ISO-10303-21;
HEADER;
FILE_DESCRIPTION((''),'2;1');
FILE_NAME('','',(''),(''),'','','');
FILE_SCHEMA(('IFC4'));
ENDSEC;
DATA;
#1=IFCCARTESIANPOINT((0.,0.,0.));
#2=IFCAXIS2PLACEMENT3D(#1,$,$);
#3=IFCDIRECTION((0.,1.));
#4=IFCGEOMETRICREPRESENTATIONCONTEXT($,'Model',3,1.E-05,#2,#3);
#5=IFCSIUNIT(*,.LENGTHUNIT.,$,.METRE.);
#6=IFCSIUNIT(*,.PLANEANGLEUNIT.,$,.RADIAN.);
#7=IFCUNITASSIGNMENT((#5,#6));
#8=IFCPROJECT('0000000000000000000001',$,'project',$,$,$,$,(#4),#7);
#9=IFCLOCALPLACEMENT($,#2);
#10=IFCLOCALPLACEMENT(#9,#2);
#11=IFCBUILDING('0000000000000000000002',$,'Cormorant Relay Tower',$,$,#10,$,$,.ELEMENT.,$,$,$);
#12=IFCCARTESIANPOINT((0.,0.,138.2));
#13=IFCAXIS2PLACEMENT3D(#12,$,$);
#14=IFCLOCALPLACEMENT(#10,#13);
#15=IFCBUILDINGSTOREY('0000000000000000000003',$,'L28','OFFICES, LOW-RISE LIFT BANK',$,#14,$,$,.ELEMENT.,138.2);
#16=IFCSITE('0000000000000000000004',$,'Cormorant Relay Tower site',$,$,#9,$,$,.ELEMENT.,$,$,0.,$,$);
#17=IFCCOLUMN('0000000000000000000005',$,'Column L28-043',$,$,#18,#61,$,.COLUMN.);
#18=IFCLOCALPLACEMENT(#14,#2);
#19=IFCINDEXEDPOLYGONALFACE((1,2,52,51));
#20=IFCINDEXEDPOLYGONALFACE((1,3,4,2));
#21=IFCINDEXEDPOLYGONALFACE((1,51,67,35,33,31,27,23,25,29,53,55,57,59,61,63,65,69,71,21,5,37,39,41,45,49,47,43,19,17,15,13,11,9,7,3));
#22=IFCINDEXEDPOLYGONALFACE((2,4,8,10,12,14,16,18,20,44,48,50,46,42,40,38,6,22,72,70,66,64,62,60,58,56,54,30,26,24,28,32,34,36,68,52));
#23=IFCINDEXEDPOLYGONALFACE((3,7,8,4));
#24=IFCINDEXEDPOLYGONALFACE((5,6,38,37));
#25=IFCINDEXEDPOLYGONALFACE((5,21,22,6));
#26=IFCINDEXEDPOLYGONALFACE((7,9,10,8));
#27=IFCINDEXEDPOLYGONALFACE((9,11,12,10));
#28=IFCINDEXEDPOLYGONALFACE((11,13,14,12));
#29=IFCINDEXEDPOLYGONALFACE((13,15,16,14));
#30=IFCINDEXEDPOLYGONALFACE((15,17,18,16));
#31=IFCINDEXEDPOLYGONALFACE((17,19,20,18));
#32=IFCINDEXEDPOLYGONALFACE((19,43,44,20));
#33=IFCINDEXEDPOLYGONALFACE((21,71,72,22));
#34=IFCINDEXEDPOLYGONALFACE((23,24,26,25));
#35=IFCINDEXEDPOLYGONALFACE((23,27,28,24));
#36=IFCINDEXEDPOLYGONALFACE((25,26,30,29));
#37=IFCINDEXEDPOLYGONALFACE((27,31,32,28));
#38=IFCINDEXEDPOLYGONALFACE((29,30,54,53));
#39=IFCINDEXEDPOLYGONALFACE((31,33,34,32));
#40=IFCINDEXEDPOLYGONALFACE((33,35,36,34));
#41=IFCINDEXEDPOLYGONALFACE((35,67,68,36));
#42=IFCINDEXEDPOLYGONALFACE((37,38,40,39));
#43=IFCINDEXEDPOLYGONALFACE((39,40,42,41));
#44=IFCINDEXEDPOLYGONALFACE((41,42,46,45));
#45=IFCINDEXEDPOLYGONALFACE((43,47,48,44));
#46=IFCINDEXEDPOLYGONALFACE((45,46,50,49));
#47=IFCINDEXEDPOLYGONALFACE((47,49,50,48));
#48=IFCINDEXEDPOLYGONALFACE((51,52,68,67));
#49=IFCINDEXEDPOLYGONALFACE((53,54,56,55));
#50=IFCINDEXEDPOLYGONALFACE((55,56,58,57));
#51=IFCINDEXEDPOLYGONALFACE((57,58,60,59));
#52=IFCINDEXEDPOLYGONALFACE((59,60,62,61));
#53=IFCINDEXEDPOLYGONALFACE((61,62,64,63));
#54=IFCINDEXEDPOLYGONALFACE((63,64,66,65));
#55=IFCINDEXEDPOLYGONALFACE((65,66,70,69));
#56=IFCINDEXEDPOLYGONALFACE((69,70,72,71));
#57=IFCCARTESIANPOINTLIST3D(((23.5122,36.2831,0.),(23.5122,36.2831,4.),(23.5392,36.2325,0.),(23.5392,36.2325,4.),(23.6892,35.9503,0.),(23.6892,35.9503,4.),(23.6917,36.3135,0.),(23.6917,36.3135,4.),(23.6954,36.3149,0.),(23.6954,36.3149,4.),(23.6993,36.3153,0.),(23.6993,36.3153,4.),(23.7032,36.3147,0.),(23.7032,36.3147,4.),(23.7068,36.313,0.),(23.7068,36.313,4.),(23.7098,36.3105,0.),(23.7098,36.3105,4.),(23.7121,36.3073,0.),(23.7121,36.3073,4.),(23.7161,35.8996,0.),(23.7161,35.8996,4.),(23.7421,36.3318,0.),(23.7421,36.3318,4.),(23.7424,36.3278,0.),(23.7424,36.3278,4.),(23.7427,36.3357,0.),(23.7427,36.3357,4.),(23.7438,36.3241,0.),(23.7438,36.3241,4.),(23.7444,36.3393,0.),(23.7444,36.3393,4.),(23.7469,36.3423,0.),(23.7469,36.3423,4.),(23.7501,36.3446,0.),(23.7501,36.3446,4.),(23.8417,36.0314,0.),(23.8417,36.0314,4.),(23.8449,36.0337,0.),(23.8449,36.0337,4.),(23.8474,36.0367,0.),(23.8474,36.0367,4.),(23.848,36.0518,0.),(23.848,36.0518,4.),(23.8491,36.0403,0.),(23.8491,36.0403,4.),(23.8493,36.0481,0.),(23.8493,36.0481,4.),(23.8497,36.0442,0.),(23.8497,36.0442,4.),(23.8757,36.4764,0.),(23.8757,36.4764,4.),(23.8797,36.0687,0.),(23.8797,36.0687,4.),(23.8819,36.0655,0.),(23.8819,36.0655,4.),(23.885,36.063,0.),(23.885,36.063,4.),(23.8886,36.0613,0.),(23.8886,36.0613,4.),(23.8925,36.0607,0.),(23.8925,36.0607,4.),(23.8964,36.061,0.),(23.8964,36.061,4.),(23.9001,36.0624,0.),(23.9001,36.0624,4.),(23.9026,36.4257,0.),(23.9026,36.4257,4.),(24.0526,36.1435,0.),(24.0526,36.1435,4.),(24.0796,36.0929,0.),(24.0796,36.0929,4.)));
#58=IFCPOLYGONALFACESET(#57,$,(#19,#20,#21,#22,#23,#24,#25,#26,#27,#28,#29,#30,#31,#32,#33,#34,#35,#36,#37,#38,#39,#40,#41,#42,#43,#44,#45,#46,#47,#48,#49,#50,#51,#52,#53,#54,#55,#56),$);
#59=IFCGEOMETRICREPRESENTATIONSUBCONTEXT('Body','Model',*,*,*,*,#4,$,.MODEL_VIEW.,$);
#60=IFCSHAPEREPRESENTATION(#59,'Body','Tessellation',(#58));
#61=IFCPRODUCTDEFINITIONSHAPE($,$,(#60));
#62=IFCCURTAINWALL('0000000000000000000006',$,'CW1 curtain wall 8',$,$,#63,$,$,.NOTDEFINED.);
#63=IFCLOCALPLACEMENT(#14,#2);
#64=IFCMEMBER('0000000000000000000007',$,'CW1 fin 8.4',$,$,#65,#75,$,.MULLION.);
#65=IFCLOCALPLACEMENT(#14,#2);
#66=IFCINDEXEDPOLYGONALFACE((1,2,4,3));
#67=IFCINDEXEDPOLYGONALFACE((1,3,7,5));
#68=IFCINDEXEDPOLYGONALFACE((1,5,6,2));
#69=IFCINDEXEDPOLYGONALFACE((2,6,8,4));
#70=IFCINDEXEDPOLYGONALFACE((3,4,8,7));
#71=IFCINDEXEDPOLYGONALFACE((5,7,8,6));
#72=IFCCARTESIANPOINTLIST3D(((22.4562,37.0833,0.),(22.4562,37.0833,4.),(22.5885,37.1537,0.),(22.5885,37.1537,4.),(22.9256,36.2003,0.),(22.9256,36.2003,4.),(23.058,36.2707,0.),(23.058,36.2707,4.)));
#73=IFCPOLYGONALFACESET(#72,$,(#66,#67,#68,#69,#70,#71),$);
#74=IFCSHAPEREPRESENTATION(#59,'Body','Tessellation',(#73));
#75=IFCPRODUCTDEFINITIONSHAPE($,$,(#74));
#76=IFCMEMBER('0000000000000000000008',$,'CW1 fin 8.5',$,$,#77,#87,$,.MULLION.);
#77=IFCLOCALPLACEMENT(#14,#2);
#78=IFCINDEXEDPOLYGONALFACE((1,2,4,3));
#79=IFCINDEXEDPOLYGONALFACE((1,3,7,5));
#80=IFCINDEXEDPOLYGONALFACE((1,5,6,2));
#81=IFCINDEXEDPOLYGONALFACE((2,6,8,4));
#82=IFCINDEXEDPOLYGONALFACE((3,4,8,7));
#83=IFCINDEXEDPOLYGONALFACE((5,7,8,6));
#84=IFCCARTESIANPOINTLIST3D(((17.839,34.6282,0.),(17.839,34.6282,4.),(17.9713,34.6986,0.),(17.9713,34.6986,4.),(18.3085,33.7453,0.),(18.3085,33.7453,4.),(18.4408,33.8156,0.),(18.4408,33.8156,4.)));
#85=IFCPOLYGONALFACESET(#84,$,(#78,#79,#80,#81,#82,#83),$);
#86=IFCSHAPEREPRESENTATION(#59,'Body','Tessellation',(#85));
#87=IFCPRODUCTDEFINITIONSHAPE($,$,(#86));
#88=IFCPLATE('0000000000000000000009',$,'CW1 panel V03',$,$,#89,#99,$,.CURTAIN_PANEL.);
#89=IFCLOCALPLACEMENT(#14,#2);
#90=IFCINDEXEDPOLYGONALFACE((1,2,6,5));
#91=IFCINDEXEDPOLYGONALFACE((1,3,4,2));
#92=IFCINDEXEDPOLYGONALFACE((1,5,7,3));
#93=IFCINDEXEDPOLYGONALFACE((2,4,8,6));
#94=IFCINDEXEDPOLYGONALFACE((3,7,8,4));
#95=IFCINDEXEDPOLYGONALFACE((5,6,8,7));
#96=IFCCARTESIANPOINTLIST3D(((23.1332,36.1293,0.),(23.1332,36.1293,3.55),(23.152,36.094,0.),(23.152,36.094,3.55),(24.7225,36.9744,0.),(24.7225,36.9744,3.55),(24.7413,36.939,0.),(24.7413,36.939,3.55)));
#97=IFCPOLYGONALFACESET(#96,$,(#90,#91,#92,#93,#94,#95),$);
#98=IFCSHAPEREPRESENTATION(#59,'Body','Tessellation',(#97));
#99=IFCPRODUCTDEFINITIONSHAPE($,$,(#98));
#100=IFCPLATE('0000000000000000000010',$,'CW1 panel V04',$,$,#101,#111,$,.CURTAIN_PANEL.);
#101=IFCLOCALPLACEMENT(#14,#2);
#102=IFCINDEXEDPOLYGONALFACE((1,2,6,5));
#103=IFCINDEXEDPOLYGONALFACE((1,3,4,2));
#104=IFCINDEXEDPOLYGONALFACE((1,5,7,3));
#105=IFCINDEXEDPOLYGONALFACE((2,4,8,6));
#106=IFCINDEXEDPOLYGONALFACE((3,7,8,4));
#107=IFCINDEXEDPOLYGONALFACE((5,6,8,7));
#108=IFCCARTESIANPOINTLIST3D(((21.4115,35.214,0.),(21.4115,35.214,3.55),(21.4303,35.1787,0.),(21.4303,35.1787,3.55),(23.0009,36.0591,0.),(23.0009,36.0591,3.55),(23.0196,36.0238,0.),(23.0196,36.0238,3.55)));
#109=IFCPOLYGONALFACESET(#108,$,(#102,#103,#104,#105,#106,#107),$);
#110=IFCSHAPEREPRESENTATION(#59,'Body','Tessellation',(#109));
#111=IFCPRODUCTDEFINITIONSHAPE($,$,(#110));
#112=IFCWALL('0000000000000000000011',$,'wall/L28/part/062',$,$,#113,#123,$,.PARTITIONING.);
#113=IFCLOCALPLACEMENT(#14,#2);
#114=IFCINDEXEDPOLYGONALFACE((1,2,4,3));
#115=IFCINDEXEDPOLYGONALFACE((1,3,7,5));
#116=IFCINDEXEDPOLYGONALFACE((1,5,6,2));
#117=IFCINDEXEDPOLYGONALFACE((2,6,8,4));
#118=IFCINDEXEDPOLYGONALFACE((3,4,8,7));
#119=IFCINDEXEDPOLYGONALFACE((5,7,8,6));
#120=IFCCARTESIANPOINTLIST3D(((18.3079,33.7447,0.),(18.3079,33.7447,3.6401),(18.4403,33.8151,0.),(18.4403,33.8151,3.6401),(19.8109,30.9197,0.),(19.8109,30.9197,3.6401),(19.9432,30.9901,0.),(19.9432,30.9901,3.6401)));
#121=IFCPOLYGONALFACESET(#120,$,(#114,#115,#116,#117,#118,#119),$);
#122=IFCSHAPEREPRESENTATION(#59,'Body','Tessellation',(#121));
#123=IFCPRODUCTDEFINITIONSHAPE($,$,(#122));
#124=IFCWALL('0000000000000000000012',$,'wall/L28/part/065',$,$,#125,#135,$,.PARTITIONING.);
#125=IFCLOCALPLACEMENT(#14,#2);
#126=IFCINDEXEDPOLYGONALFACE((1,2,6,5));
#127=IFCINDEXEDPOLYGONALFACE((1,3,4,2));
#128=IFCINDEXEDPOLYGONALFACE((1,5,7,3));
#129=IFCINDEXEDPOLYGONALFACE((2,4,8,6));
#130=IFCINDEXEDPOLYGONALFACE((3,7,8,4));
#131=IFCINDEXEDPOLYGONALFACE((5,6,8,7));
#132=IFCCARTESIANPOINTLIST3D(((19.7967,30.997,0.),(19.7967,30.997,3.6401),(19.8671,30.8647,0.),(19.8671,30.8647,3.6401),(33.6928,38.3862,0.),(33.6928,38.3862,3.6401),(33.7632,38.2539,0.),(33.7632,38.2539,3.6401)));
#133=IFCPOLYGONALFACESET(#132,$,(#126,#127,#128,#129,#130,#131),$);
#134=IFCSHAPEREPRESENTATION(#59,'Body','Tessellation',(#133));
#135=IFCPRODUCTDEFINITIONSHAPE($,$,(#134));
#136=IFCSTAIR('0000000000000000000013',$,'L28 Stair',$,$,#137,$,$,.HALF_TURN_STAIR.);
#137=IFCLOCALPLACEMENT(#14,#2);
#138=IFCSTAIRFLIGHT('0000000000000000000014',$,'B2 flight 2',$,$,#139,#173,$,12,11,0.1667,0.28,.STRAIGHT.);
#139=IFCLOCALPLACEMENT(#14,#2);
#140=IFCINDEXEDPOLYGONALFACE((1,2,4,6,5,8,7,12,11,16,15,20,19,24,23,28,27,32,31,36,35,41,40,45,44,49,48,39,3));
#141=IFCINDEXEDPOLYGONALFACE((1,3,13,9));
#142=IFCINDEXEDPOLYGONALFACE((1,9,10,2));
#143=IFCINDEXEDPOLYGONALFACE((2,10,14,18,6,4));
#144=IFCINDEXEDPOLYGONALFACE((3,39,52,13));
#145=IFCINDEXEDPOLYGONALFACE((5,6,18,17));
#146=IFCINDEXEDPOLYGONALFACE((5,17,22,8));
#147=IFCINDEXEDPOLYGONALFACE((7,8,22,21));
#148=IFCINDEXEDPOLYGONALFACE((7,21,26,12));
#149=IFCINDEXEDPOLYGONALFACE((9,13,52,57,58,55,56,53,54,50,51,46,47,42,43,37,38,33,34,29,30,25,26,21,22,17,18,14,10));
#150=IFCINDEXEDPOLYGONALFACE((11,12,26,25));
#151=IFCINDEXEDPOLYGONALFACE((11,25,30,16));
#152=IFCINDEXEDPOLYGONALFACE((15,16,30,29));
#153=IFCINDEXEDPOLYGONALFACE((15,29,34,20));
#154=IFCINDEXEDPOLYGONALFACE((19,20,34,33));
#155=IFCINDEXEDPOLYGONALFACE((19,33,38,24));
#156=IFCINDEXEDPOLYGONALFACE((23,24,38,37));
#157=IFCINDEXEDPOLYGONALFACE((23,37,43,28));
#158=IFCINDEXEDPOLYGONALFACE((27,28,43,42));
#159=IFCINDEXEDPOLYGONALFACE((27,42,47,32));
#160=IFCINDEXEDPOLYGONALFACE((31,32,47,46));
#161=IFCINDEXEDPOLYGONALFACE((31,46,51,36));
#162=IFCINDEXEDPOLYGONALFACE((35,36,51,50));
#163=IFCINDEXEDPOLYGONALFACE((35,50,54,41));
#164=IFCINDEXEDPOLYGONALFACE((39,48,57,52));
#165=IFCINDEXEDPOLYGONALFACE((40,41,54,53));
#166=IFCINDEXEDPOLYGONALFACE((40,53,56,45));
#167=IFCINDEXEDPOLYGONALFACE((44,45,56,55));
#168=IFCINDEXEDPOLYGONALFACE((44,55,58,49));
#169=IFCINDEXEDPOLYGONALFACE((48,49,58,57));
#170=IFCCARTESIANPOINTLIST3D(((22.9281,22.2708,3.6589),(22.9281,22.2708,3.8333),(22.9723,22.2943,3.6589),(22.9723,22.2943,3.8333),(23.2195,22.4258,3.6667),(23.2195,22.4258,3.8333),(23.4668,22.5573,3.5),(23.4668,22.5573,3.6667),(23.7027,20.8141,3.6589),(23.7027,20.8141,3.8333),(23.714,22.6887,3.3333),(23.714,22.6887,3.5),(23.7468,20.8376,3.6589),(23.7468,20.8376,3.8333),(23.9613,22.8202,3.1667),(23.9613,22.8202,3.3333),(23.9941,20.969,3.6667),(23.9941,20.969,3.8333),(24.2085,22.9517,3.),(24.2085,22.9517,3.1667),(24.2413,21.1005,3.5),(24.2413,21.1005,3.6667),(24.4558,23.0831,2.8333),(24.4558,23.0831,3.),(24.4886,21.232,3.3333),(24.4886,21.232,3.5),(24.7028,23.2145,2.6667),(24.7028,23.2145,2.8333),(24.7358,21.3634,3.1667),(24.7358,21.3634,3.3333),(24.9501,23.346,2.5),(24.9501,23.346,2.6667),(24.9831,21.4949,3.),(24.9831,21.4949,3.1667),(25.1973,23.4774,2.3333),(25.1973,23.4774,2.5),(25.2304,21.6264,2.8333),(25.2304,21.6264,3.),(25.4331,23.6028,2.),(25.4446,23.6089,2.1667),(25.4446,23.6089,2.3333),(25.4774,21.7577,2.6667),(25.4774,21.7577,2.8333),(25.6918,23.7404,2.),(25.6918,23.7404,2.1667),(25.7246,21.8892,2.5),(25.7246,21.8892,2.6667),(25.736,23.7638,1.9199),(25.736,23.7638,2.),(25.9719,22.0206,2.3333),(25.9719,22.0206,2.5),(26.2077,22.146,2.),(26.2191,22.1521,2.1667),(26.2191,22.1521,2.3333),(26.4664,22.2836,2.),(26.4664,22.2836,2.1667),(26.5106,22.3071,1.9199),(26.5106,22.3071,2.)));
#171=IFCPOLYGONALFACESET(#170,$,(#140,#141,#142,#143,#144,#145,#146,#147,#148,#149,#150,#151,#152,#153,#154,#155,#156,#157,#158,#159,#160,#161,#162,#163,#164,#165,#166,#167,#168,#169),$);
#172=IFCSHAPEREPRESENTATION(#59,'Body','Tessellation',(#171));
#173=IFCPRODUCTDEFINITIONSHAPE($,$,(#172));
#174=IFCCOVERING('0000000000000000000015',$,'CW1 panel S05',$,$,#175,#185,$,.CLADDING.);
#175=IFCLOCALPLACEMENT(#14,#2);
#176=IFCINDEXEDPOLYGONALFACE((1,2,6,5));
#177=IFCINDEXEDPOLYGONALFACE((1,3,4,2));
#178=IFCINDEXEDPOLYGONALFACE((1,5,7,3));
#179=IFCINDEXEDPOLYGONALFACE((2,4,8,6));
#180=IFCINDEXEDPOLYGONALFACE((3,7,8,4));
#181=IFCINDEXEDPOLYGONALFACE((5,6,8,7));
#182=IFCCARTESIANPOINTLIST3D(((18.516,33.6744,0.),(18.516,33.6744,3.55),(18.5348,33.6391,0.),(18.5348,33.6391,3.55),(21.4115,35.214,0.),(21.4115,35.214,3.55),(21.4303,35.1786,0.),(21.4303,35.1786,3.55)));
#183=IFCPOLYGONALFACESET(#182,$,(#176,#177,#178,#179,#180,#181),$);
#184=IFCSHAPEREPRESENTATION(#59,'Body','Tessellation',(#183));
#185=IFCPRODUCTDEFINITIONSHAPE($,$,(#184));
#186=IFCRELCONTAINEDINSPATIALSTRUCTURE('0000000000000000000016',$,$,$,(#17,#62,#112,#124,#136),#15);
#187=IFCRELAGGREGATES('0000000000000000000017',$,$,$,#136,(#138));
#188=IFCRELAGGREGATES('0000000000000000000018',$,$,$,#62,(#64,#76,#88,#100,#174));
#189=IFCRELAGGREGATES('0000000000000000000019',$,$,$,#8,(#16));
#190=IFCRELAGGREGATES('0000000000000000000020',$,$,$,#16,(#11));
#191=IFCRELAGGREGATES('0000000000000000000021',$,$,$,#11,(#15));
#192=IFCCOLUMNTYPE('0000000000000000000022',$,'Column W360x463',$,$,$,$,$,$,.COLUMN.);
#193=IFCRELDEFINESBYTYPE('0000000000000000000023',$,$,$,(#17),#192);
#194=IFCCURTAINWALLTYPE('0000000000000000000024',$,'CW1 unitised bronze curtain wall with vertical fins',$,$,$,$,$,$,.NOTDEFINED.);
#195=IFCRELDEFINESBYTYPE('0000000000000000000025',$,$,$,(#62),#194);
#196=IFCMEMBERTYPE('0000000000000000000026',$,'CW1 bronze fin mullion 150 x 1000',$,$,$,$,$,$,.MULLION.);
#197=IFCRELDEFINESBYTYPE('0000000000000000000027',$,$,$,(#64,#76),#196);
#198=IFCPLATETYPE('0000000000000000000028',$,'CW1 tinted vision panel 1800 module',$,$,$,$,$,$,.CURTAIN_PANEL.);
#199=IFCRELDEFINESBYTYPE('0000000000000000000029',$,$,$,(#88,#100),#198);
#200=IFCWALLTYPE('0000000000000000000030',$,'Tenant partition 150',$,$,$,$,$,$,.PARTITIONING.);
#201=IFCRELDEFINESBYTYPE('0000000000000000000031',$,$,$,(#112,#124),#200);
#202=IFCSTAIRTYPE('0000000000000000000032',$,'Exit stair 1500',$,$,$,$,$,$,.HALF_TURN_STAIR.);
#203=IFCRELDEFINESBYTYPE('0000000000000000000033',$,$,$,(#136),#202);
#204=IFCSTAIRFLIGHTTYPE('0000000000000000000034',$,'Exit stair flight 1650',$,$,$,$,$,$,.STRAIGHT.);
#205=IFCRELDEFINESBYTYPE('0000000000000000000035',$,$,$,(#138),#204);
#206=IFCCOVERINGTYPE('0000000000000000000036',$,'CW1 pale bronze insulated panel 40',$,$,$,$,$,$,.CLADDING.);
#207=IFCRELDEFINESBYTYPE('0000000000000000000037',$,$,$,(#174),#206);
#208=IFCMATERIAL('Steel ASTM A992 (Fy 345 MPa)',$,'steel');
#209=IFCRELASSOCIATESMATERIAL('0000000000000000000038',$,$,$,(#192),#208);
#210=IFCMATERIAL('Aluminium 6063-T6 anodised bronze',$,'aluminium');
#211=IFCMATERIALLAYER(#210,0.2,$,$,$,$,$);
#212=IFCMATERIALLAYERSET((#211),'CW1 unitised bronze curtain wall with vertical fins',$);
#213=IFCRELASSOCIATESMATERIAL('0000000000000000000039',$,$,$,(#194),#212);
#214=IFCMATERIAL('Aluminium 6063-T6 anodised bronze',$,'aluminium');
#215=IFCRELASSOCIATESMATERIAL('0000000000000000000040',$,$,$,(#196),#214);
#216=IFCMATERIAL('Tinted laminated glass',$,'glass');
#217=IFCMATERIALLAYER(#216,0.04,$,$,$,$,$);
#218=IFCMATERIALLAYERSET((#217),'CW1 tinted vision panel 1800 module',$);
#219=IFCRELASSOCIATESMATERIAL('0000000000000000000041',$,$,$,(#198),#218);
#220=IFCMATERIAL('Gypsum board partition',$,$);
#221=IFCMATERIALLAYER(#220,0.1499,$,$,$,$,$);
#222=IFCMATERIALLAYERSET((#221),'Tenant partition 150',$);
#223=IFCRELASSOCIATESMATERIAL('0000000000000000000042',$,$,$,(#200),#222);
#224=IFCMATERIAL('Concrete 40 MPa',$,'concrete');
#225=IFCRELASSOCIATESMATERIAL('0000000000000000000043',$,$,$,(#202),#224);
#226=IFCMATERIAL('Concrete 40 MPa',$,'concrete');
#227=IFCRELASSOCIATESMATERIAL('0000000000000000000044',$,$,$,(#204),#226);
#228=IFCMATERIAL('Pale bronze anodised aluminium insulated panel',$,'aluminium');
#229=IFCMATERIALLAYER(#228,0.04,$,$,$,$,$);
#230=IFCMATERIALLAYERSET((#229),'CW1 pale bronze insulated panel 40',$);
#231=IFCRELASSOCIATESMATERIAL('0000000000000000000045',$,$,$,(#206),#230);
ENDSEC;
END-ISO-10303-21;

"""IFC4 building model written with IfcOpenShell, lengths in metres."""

from ifc_helpers import new_model, si_unit, direction, frame, frame_2d, origin, origin_2d, place, context, subcontext, project, spatial, polyline, rectangle, i_section, outline, extrude, material, layer, layer_set, material_profile, profile_set, type_object, element, aggregate, save


model = new_model("IFC4")

# Units and contexts
model_context = context("Model", 3, precision=1e-05, world=origin(), true_north=direction((0.0, 1.0)))
body_context = subcontext(model_context, "Body", "Model", "MODEL_VIEW")
ifc_project = project(units=[si_unit("LENGTHUNIT", "METRE"), si_unit("PLANEANGLEUNIT", "RADIAN")], contexts=[model_context])

# Site, building, storey
site_placement = place(None, origin())
site = spatial("IfcSite", under=ifc_project, at=site_placement, Name="Cormorant Relay Tower site", CompositionType="ELEMENT", RefElevation=0.0)
building_placement = place(site_placement, origin())
building = spatial("IfcBuilding", under=site, at=building_placement, Name="Cormorant Relay Tower", CompositionType="ELEMENT")
storey_placement = place(building_placement, frame((0.0, 0.0, 138.2)))
storey = spatial("IfcBuildingStorey", under=building, at=storey_placement, Name="L28", Description="OFFICES, LOW-RISE LIFT BANK", CompositionType="ELEMENT", Elevation=138.2)

# Column
ifc_material_1 = material(Name="Steel ASTM A992 (Fy 345 MPa)", Category="steel")
ifc_material_profile_1 = material_profile(ifc_material_1, i_section(OverallWidth=0.4116, OverallDepth=0.4343, WebThickness=0.0359, FlangeThickness=0.0574, FilletRadius=0.0151, at=origin_2d()), Name="W360x463")
ifc_profile_set_1 = profile_set([ifc_material_profile_1], Name="Steel ASTM A992 (Fy 345 MPa)")
column_type = type_object("IfcColumnType", Name="Column W360x463", PredefinedType="COLUMN", material=ifc_profile_set_1)
column_placement = place(storey_placement, frame((23.7959, 36.188, 0.0), z_axis=(0.0, 0.0, 1.0), x_axis=(-0.882948, -0.469472, 0.0)))
element("IfcColumn", 1, at=column_placement, inside=storey, type_object=column_type, Name="Column L28-043", PredefinedType="COLUMN", context=body_context, shape_type="SweptSolid", body=[
    extrude(i_section(OverallWidth=0.4116, OverallDepth=0.4343, WebThickness=0.0359, FlangeThickness=0.0574, FilletRadius=0.0151, at=origin_2d()), origin(), (0.0, 0.0, 1.0), 4.0),
])

# Curtain wall, members, plates
ifc_material_2 = material(Name="Aluminium 6063-T6 anodised bronze", Category="aluminium")
ifc_layer_1 = layer(ifc_material_2, 0.2)
ifc_layer_set_1 = layer_set([ifc_layer_1], Name="CW1 unitised bronze curtain wall with vertical fins")
curtain_wall_type = type_object("IfcCurtainWallType", Name="CW1 unitised bronze curtain wall with vertical fins", PredefinedType="NOTDEFINED", material=ifc_layer_set_1)
curtain_wall_placement = place(storey_placement, origin())
curtain_wall = element("IfcCurtainWall", 2, at=curtain_wall_placement, inside=storey, type_object=curtain_wall_type, Name="CW1 curtain wall 8", PredefinedType="NOTDEFINED")
ifc_material_3 = material(Name="Aluminium 6063-T6 anodised bronze", Category="aluminium")
ifc_material_profile_2 = material_profile(ifc_material_3, rectangle(XDim=0.1499, YDim=1.0, at=origin_2d()), Name="AL 150x1000")
ifc_profile_set_2 = profile_set([ifc_material_profile_2], Name="Aluminium 6063-T6 anodised bronze")
member_type = type_object("IfcMemberType", Name="CW1 bronze fin mullion 150 x 1000", PredefinedType="MULLION", material=ifc_profile_set_2)
member_1_placement = place(storey_placement, frame((22.7571, 36.677, 0.0), z_axis=(0.0, 0.0, 1.0), x_axis=(-0.882948, -0.469472, 0.0)))
member_1 = element("IfcMember", 3, at=member_1_placement, type_object=member_type, Name="CW1 fin 8.4", PredefinedType="MULLION", context=body_context, shape_type="SweptSolid", body=[
    extrude(rectangle(XDim=0.1499, YDim=1.0, at=origin_2d()), origin(), (0.0, 0.0, 1.0), 4.0),
])
member_2_placement = place(storey_placement, frame((18.1399, 34.2219, 0.0), z_axis=(0.0, 0.0, 1.0), x_axis=(-0.882948, -0.469472, 0.0)))
member_2 = element("IfcMember", 4, at=member_2_placement, type_object=member_type, Name="CW1 fin 8.5", PredefinedType="MULLION", context=body_context, shape_type="SweptSolid", body=[
    extrude(rectangle(XDim=0.1499, YDim=1.0, at=origin_2d()), origin(), (0.0, 0.0, 1.0), 4.0),
])
ifc_material_4 = material(Name="Tinted laminated glass", Category="glass")
ifc_layer_2 = layer(ifc_material_4, 0.04)
ifc_layer_set_2 = layer_set([ifc_layer_2], Name="CW1 tinted vision panel 1800 module")
plate_type = type_object("IfcPlateType", Name="CW1 tinted vision panel 1800 module", PredefinedType="CURTAIN_PANEL", material=ifc_layer_set_2)
plate_1_placement = place(storey_placement, frame((23.9373, 36.5342, 0.0), z_axis=(0.0, 0.0, 1.0), x_axis=(-0.882948, -0.469472, 0.0)))
plate_1 = element("IfcPlate", 5, at=plate_1_placement, type_object=plate_type, Name="CW1 panel V03", PredefinedType="CURTAIN_PANEL", context=body_context, shape_type="SweptSolid", body=[
    extrude(rectangle(XDim=1.8, YDim=0.04, at=origin_2d()), origin(), (0.0, 0.0, 1.0), 3.55),
])
plate_2_placement = place(storey_placement, frame((22.2156, 35.6189, 0.0), z_axis=(0.0, 0.0, 1.0), x_axis=(-0.882948, -0.469472, 0.0)))
plate_2 = element("IfcPlate", 6, at=plate_2_placement, type_object=plate_type, Name="CW1 panel V04", PredefinedType="CURTAIN_PANEL", context=body_context, shape_type="SweptSolid", body=[
    extrude(rectangle(XDim=1.8, YDim=0.04, at=origin_2d()), origin(), (0.0, 0.0, 1.0), 3.55),
])

# Walls
ifc_material_5 = material(Name="Gypsum board partition")
ifc_layer_3 = layer(ifc_material_5, 0.1499)
ifc_layer_set_3 = layer_set([ifc_layer_3], Name="Tenant partition 150")
wall_type = type_object("IfcWallType", Name="Tenant partition 150", PredefinedType="PARTITIONING", material=ifc_layer_set_3)
wall_1_placement = place(storey_placement, frame((18.374, 33.78, 0.0), z_axis=(0.0, 0.0, 1.0), x_axis=(0.469685, -0.882834, 0.0)))
element("IfcWall", 7, at=wall_1_placement, inside=storey, type_object=wall_type, Name="wall/L28/part/062", PredefinedType="PARTITIONING", context=body_context, shape_type="SweptSolid", body=[
    extrude(rectangle(XDim=3.2, YDim=0.1499, at=frame_2d((1.6001, 0.0))), origin(), (0.0, 0.0, 1.0), 3.6401),
])
wall_2_placement = place(storey_placement, frame((19.832, 30.9309, 0.0), z_axis=(0.0, 0.0, 1.0), x_axis=(0.882934, 0.469498, 0.0)))
element("IfcWall", 8, at=wall_2_placement, inside=storey, type_object=wall_type, Name="wall/L28/part/065", PredefinedType="PARTITIONING", context=body_context, shape_type="SweptSolid", body=[
    extrude(rectangle(XDim=15.7385, YDim=0.1499, at=frame_2d((7.8691, 0.0))), origin(), (0.0, 0.0, 1.0), 3.6401),
])

# Stair, stair flight
ifc_material_6 = material(Name="Concrete 40 MPa", Category="concrete")
stair_type = type_object("IfcStairType", Name="Exit stair 1500", PredefinedType="HALF_TURN_STAIR", material=ifc_material_6)
stair_placement = place(storey_placement, origin())
stair = element("IfcStair", 9, at=stair_placement, inside=storey, type_object=stair_type, Name="L28 Stair", PredefinedType="HALF_TURN_STAIR")
ifc_material_7 = material(Name="Concrete 40 MPa", Category="concrete")
stair_flight_type = type_object("IfcStairFlightType", Name="Exit stair flight 1650", PredefinedType="STRAIGHT", material=ifc_material_7)
stair_flight_placement = place(storey_placement, frame((26.0791, 23.012, 2.0), z_axis=(0.0, 0.0, 1.0), x_axis=(-0.882948, -0.469472, 0.0)))
stair_flight = element("IfcStairFlight", 10, at=stair_flight_placement, type_object=stair_flight_type, Name="B2 flight 2", NumberOfRisers=12, NumberOfTreads=11, PredefinedType="STRAIGHT", RiserHeight=0.1667, TreadLength=0.28, context=body_context, shape_type="SweptSolid", body=[
    extrude(outline(polyline([(-0.05, -0.0801), (-0.05, 0.0), (0.0, 0.0), (0.0, 0.1667), (0.28, 0.1667), (0.28, 0.3333), (0.5601, 0.3333), (0.5601, 0.5), (0.8401, 0.5), (0.8401, 0.6667), (1.1201, 0.6667), (1.1201, 0.8333), (1.3999, 0.8333), (1.3999, 1.0), (1.6799, 1.0), (1.6799, 1.1667), (1.96, 1.1667), (1.96, 1.3333), (2.24, 1.3333), (2.24, 1.5), (2.52, 1.5), (2.52, 1.6667), (2.8, 1.6667), (2.8, 1.8333), (3.0801, 1.8333), (3.1301, 1.8333), (3.1301, 1.6589), (3.0801, 1.6589), (0.293, 0.0), (-0.05, -0.0801)])), frame((0.0, 0.825, 0.0), z_axis=(0.0, -1.0, 0.0), x_axis=(1.0, 0.0, 0.0)), (0.0, 0.0, 1.0), 1.6499),
])
aggregate(stair, [stair_flight])

# Covering
ifc_material_8 = material(Name="Pale bronze anodised aluminium insulated panel", Category="aluminium")
ifc_layer_4 = layer(ifc_material_8, 0.04)
ifc_layer_set_4 = layer_set([ifc_layer_4], Name="CW1 pale bronze insulated panel 40")
covering_type = type_object("IfcCoveringType", Name="CW1 pale bronze insulated panel 40", PredefinedType="CLADDING", material=ifc_layer_set_4)
covering_placement = place(storey_placement, frame((19.9731, 34.4265, 0.0), z_axis=(0.0, 0.0, 1.0), x_axis=(-0.882948, -0.469472, 0.0)))
covering = element("IfcCovering", 11, at=covering_placement, type_object=covering_type, Name="CW1 panel S05", PredefinedType="CLADDING", context=body_context, shape_type="SweptSolid", body=[
    extrude(rectangle(XDim=3.2793, YDim=0.04, at=origin_2d()), origin(), (0.0, 0.0, 1.0), 3.55),
])
aggregate(curtain_wall, [member_1, member_2, plate_1, plate_2, covering])

save(model, "model.ifc")
